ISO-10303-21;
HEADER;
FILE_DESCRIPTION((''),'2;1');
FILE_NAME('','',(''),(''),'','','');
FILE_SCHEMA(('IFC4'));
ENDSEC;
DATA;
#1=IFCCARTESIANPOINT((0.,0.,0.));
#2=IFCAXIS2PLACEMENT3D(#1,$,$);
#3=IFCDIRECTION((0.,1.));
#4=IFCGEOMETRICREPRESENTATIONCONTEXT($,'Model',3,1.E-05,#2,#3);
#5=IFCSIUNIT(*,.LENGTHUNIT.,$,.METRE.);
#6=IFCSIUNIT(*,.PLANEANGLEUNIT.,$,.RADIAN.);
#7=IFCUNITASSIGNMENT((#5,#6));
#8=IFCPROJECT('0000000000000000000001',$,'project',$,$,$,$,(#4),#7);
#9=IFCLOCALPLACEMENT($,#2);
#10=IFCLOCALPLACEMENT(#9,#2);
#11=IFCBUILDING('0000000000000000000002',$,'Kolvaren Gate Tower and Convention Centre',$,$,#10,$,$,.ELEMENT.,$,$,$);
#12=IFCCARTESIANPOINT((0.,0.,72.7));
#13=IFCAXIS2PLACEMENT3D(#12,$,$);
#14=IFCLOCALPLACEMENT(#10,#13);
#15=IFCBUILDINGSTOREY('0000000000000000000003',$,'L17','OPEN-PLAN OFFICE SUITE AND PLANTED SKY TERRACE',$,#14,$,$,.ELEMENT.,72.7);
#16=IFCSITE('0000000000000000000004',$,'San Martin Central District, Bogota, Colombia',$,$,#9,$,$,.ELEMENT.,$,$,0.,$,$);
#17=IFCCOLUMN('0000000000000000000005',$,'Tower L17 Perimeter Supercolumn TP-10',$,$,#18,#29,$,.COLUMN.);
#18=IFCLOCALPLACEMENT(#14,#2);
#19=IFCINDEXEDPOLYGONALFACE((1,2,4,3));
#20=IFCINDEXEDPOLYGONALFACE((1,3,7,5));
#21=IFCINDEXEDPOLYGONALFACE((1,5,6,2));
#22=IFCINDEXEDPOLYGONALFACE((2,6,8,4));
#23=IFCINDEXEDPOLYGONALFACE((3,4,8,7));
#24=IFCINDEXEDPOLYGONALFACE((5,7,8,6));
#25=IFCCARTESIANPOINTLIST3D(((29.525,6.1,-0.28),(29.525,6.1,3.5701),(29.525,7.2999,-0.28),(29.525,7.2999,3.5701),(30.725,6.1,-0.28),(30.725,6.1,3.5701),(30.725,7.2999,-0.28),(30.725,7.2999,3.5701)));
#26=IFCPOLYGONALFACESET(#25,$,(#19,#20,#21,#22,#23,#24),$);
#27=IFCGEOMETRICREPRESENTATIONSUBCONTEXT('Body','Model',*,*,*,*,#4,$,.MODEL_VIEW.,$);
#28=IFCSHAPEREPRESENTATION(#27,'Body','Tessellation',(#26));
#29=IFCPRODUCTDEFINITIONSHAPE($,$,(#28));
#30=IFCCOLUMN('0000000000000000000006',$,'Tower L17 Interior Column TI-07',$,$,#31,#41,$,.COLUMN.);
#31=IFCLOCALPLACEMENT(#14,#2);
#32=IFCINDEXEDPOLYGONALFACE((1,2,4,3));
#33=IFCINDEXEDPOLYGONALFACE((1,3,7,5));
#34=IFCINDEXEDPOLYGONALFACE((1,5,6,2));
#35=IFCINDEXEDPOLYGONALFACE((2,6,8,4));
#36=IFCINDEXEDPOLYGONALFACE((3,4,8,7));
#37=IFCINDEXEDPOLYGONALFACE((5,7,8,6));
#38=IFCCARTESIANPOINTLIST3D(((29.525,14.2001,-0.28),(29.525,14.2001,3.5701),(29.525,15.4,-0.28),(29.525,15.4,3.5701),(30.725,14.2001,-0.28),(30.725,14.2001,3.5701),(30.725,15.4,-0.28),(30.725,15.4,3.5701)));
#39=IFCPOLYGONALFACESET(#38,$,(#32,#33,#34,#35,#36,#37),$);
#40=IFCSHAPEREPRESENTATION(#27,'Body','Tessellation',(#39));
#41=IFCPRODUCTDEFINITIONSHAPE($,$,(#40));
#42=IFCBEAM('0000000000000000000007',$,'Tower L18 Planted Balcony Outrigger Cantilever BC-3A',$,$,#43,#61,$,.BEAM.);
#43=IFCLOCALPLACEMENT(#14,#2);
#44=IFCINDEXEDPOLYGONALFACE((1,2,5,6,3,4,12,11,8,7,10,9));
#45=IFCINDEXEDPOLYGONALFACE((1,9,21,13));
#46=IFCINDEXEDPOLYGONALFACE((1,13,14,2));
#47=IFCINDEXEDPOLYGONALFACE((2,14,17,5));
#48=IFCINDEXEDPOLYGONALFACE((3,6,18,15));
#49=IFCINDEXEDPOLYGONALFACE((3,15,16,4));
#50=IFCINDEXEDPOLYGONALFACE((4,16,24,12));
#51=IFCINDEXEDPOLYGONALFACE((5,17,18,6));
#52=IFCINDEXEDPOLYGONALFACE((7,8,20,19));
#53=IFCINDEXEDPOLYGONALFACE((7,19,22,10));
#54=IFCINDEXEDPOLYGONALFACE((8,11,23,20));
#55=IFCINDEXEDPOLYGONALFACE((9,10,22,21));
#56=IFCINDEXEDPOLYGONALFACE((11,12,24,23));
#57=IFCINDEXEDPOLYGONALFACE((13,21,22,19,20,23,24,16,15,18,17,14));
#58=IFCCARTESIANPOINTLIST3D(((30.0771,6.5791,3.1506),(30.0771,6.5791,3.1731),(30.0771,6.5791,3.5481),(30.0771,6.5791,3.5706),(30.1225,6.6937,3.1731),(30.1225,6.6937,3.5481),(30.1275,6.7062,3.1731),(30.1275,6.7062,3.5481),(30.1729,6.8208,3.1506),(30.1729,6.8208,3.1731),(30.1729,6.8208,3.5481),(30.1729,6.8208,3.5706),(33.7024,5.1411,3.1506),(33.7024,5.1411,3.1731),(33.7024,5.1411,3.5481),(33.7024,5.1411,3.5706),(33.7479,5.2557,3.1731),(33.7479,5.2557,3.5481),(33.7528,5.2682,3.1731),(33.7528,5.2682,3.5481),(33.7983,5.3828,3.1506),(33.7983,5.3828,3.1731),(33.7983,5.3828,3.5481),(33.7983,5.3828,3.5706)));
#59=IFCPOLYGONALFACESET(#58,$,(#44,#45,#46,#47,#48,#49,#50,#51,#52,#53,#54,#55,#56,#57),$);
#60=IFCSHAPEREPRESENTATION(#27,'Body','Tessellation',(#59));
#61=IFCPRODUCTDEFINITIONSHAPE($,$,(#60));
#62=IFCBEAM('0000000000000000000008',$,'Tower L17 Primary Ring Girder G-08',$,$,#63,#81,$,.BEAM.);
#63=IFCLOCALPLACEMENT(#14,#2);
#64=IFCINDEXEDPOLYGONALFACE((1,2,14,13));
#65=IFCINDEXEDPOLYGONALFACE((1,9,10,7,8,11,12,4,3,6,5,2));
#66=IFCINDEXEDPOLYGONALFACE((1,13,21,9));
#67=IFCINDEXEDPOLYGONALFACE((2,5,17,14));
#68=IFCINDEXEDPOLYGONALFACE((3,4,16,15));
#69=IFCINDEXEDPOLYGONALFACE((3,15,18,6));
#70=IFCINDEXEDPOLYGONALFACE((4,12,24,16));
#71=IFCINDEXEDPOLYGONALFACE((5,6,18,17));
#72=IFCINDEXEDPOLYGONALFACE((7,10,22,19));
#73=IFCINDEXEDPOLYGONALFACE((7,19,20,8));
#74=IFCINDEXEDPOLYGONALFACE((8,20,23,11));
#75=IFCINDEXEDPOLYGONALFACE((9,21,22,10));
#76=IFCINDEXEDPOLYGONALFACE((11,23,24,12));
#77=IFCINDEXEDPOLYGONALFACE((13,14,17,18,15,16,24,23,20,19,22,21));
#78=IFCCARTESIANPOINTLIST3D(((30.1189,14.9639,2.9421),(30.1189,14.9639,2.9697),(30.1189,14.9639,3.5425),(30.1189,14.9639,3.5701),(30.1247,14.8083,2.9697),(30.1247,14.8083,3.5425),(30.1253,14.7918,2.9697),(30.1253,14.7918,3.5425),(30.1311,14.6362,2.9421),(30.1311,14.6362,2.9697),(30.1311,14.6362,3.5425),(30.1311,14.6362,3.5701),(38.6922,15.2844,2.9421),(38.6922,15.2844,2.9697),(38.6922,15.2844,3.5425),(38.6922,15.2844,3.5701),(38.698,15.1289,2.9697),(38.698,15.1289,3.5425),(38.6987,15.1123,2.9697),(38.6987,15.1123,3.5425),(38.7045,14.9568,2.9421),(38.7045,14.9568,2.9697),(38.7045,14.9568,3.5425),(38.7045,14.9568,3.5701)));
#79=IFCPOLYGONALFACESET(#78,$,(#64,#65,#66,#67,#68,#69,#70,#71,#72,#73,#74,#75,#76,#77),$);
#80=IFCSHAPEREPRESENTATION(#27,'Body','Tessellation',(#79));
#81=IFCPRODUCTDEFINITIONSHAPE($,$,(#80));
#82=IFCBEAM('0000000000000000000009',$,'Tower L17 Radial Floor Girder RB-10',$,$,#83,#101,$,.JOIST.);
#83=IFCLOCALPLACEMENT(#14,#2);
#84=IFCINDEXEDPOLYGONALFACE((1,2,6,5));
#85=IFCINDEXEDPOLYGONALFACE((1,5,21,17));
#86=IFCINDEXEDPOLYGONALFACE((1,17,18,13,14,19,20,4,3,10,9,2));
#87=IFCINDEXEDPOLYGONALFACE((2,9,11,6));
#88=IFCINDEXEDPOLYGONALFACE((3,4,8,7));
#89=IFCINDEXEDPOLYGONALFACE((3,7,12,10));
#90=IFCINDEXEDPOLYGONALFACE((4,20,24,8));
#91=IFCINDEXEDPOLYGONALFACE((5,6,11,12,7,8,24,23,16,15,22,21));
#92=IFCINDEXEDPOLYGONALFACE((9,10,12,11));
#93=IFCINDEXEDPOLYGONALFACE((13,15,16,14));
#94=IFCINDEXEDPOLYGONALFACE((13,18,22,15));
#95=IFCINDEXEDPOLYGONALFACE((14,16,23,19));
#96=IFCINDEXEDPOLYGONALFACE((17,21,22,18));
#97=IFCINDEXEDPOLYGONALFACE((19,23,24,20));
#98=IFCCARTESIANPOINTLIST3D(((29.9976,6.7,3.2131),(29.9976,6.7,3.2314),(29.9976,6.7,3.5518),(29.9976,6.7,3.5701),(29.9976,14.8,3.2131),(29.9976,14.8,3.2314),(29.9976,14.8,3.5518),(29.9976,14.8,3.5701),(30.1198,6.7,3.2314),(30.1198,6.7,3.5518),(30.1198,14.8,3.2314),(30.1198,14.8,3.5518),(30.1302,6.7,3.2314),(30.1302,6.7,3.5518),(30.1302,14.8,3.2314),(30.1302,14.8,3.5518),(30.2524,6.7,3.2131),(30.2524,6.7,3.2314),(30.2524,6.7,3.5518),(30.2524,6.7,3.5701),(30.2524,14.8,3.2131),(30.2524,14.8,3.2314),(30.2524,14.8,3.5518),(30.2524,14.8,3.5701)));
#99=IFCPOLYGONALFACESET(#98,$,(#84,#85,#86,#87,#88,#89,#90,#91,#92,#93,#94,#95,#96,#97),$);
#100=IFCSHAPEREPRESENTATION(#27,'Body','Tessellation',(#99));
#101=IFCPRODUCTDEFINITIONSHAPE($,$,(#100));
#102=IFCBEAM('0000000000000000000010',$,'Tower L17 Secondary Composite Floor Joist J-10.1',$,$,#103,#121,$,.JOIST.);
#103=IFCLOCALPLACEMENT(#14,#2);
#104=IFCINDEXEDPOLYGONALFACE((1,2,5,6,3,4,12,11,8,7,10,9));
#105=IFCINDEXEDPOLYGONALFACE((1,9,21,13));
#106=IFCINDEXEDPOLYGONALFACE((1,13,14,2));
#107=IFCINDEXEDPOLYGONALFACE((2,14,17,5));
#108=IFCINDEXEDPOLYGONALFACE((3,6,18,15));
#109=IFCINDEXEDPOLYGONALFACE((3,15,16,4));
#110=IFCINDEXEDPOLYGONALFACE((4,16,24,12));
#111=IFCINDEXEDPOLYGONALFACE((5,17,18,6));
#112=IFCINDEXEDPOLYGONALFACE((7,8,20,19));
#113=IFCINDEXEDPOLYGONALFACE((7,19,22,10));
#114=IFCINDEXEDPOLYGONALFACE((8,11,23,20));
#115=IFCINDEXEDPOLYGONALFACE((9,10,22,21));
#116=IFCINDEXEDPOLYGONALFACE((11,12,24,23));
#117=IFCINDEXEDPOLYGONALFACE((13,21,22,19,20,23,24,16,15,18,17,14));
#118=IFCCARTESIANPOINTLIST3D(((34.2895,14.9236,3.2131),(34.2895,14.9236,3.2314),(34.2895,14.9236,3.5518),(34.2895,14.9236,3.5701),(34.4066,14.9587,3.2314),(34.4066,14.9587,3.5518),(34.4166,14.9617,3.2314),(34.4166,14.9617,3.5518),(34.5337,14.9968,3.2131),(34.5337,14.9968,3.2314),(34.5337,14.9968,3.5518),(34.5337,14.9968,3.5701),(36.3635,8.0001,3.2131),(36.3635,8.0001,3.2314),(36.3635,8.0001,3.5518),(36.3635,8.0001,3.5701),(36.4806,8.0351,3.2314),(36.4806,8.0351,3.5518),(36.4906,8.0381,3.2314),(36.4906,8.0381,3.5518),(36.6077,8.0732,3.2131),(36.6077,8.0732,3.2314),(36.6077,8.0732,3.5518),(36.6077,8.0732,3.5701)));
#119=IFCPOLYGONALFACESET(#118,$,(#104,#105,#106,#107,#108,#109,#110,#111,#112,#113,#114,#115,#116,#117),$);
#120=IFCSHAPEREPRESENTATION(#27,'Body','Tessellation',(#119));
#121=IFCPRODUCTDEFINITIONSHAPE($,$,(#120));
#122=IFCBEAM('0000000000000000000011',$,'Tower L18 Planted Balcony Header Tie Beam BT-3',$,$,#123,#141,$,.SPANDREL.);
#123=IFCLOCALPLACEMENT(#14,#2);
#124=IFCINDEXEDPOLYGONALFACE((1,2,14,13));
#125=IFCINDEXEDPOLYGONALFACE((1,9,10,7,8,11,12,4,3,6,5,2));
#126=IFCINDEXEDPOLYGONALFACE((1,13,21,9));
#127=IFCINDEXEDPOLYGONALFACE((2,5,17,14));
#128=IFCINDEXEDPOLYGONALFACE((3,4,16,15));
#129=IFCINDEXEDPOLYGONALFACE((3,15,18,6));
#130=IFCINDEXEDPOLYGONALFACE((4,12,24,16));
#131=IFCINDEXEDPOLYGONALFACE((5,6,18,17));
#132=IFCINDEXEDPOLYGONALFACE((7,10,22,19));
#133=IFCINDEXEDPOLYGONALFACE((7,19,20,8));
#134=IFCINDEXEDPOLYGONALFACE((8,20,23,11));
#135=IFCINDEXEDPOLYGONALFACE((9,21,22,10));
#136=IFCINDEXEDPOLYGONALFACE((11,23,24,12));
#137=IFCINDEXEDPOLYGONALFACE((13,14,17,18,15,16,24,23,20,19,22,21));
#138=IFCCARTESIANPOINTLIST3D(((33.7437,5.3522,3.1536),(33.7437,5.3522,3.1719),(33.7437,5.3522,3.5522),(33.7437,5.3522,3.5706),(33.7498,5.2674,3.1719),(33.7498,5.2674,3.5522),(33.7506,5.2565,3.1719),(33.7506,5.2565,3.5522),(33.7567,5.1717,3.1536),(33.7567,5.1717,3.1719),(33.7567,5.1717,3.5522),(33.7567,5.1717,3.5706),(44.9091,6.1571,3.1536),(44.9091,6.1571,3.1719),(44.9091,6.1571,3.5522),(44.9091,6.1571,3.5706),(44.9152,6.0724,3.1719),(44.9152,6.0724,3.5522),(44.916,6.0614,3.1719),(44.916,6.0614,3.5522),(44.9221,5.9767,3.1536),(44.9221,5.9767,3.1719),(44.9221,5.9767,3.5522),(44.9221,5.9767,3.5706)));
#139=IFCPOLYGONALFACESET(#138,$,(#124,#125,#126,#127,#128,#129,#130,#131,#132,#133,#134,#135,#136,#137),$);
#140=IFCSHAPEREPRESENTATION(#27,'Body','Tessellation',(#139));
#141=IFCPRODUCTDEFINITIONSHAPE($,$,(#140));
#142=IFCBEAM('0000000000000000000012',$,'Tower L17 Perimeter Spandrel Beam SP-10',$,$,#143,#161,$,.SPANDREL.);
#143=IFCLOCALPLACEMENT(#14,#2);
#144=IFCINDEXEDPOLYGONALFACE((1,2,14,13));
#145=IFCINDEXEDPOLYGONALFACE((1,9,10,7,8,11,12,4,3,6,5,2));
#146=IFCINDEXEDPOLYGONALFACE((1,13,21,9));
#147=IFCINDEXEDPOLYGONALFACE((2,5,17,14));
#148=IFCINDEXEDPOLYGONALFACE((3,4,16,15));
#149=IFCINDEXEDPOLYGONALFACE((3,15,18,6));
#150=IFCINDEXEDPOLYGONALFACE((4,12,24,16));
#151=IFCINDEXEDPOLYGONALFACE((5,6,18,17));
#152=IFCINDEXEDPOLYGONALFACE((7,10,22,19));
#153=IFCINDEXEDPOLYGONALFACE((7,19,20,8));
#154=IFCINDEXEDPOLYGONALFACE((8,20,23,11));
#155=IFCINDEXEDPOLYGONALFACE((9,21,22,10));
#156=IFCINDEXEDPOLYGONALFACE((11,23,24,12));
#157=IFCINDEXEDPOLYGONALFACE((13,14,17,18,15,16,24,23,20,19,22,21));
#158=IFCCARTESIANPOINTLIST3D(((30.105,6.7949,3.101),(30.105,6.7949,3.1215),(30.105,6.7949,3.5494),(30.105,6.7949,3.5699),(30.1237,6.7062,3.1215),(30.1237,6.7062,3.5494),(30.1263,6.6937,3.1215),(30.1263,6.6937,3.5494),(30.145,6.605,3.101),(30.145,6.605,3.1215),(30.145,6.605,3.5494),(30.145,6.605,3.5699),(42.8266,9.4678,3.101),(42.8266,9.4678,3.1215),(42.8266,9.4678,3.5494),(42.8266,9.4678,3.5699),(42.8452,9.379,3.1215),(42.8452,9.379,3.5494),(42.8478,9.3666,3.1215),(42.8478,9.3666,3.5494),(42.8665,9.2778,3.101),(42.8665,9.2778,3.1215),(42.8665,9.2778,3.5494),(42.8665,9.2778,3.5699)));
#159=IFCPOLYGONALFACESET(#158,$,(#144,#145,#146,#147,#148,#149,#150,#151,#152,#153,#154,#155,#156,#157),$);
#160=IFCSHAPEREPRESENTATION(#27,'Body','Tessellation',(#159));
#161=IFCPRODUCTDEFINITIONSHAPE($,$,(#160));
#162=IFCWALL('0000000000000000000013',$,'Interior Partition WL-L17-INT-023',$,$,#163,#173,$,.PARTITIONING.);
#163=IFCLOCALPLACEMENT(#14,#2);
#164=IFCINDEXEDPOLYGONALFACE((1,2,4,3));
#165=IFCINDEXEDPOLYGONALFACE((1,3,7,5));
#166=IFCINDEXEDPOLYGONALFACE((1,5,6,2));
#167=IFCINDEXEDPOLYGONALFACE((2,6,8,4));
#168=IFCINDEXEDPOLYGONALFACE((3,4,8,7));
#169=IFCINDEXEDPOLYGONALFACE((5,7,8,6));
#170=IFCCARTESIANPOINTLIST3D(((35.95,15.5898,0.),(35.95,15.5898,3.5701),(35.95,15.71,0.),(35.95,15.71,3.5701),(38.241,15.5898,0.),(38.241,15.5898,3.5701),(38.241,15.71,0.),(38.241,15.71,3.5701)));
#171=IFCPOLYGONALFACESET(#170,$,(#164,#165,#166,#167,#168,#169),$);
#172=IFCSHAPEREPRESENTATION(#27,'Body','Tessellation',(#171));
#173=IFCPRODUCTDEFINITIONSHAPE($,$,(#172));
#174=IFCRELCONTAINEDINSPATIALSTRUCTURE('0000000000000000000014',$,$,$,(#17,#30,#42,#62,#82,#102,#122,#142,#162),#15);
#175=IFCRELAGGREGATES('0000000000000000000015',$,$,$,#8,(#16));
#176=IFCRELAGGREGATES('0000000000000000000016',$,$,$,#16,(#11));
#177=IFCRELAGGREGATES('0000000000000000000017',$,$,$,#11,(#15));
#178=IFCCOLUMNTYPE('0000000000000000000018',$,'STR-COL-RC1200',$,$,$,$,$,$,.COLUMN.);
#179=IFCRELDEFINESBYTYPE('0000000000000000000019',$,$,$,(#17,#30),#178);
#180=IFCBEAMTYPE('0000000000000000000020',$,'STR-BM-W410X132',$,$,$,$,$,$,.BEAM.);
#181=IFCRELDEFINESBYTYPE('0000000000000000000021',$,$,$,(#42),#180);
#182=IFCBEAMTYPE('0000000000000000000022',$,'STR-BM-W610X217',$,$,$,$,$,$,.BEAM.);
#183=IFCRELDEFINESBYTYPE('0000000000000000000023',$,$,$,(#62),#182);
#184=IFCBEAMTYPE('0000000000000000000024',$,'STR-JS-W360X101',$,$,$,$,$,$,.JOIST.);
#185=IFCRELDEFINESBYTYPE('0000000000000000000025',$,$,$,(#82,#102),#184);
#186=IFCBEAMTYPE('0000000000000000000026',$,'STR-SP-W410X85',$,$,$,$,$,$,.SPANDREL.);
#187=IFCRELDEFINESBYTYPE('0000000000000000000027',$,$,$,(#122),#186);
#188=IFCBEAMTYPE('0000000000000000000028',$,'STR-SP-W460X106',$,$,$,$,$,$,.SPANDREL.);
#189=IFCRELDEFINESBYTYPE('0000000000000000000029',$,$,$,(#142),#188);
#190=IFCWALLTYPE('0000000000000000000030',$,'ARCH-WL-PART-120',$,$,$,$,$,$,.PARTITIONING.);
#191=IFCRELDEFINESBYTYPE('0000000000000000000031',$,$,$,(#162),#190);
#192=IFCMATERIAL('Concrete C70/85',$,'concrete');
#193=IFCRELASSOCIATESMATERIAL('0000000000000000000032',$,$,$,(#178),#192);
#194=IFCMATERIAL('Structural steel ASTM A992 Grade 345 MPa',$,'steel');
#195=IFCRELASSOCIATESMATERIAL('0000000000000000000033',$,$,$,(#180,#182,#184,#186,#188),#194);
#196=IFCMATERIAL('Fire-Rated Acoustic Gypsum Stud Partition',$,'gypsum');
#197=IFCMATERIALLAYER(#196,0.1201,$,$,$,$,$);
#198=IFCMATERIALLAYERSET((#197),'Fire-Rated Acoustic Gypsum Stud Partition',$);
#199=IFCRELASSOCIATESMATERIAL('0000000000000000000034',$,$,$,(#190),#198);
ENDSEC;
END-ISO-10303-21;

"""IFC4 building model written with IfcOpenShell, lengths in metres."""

from ifc_helpers import new_model, si_unit, direction, frame, frame_2d, origin, origin_2d, place, context, subcontext, project, spatial, rectangle, i_section, extrude, material, layer, layer_set, material_profile, profile_set, type_object, element, save


model = new_model("IFC4")

# Units and contexts
model_context = context("Model", 3, precision=1e-05, world=origin(), true_north=direction((0.0, 1.0)))
body_context = subcontext(model_context, "Body", "Model", "MODEL_VIEW")
ifc_project = project(units=[si_unit("LENGTHUNIT", "METRE"), si_unit("PLANEANGLEUNIT", "RADIAN")], contexts=[model_context])

# Site, building, storey
site_placement = place(None, origin())
site = spatial("IfcSite", under=ifc_project, at=site_placement, Name="San Martin Central District, Bogota, Colombia", CompositionType="ELEMENT", RefElevation=0.0)
building_placement = place(site_placement, origin())
building = spatial("IfcBuilding", under=site, at=building_placement, Name="Kolvaren Gate Tower and Convention Centre", CompositionType="ELEMENT")
storey_placement = place(building_placement, frame((0.0, 0.0, 72.7)))
storey = spatial("IfcBuildingStorey", under=building, at=storey_placement, Name="L17", Description="OPEN-PLAN OFFICE SUITE AND PLANTED SKY TERRACE", CompositionType="ELEMENT", Elevation=72.7)

# Columns
ifc_material_1 = material(Name="Concrete C70/85", Category="concrete")
ifc_material_profile_1 = material_profile(ifc_material_1, rectangle(XDim=1.2, YDim=1.2, at=origin_2d()), Name="RC-COL-1200X1200")
ifc_profile_set_1 = profile_set([ifc_material_profile_1], Name="Concrete C70/85")
column_type = type_object("IfcColumnType", Name="STR-COL-RC1200", PredefinedType="COLUMN", material=ifc_profile_set_1)
for number, where, z_axis, x_axis, name in (
    (1, (30.125, 6.7, -0.28), (0.0, 0.0, 1.0), (1.0, 0.0, 0.0), "Tower L17 Perimeter Supercolumn TP-10"),
    (2, (30.125, 14.8, -0.28), (0.0, 0.0, 1.0), (1.0, 0.0, 0.0), "Tower L17 Interior Column TI-07"),
):
    element("IfcColumn", number, at=place(storey_placement, frame(where, z_axis=z_axis, x_axis=x_axis)), inside=storey, type_object=column_type, Name=name, PredefinedType="COLUMN", context=body_context, shape_type="SweptSolid", body=[
        extrude(rectangle(XDim=1.2, YDim=1.2, at=origin_2d()), origin(), (0.0, 0.0, 1.0), 3.8501),
    ])

# Beams
ifc_material_2 = material(Name="Structural steel ASTM A992 Grade 345 MPa", Category="steel")
ifc_material_profile_2 = material_profile(ifc_material_2, i_section(OverallWidth=0.26, OverallDepth=0.4199, WebThickness=0.0134, FlangeThickness=0.0225, at=origin_2d()), Name="W410X132")
ifc_profile_set_2 = profile_set([ifc_material_profile_2], Name="Structural steel ASTM A992 Grade 345 MPa")
beam_type_1 = type_object("IfcBeamType", Name="STR-BM-W410X132", PredefinedType="BEAM", material=ifc_profile_set_2)
beam_1_placement = place(storey_placement, frame((30.125, 6.7, 3.3606), z_axis=(0.929544, -0.368712, 0.0), x_axis=(0.368712, 0.929544, 0.0)))
element("IfcBeam", 3, at=beam_1_placement, inside=storey, type_object=beam_type_1, Name="Tower L18 Planted Balcony Outrigger Cantilever BC-3A", PredefinedType="BEAM", context=body_context, shape_type="SweptSolid", body=[
    extrude(i_section(OverallWidth=0.26, OverallDepth=0.4199, WebThickness=0.0134, FlangeThickness=0.0225, at=origin_2d()), origin(), (0.0, 0.0, 1.0), 3.9001),
])
ifc_material_profile_3 = material_profile(ifc_material_2, i_section(OverallWidth=0.3279, OverallDepth=0.6279, WebThickness=0.0166, FlangeThickness=0.0276, at=origin_2d()), Name="W610X217")
ifc_profile_set_3 = profile_set([ifc_material_profile_3], Name="Structural steel ASTM A992 Grade 345 MPa")
beam_type_2 = type_object("IfcBeamType", Name="STR-BM-W610X217", PredefinedType="BEAM", material=ifc_profile_set_3)
beam_2_placement = place(storey_placement, frame((30.125, 14.8, 3.2561), z_axis=(0.999302, 0.037364, 0.0), x_axis=(-0.037364, 0.999302, 0.0)))
element("IfcBeam", 4, at=beam_2_placement, inside=storey, type_object=beam_type_2, Name="Tower L17 Primary Ring Girder G-08", PredefinedType="BEAM", context=body_context, shape_type="SweptSolid", body=[
    extrude(i_section(OverallWidth=0.3279, OverallDepth=0.6279, WebThickness=0.0166, FlangeThickness=0.0276, at=origin_2d()), origin(), (0.0, 0.0, 1.0), 8.5793),
])
ifc_material_profile_4 = material_profile(ifc_material_2, i_section(OverallWidth=0.2549, OverallDepth=0.3569, WebThickness=0.0105, FlangeThickness=0.0183, at=origin_2d()), Name="W360X101")
ifc_profile_set_4 = profile_set([ifc_material_profile_4], Name="Structural steel ASTM A992 Grade 345 MPa")
beam_type_3 = type_object("IfcBeamType", Name="STR-JS-W360X101", PredefinedType="JOIST", material=ifc_profile_set_4)
beam_3_placement = place(storey_placement, frame((30.125, 14.8, 3.3916), z_axis=(0.0, -1.0, 0.0), x_axis=(1.0, 0.0, 0.0)))
element("IfcBeam", 5, at=beam_3_placement, inside=storey, type_object=beam_type_3, Name="Tower L17 Radial Floor Girder RB-10", PredefinedType="JOIST", context=body_context, shape_type="SweptSolid", body=[
    extrude(i_section(OverallWidth=0.2549, OverallDepth=0.3569, WebThickness=0.0105, FlangeThickness=0.0183, at=origin_2d()), origin(), (0.0, 0.0, 1.0), 8.1001),
])
beam_4_placement = place(storey_placement, frame((34.4116, 14.9602, 3.3916), z_axis=(0.286954, -0.957944, 0.0), x_axis=(0.957944, 0.286954, 0.0)))
element("IfcBeam", 6, at=beam_4_placement, inside=storey, type_object=beam_type_3, Name="Tower L17 Secondary Composite Floor Joist J-10.1", PredefinedType="JOIST", context=body_context, shape_type="SweptSolid", body=[
    extrude(i_section(OverallWidth=0.2549, OverallDepth=0.3569, WebThickness=0.0105, FlangeThickness=0.0183, at=origin_2d()), origin(), (0.0, 0.0, 1.0), 7.2275),
])
ifc_material_profile_5 = material_profile(ifc_material_2, i_section(OverallWidth=0.1809, OverallDepth=0.417, WebThickness=0.011, FlangeThickness=0.0183, at=origin_2d()), Name="W410X85")
ifc_profile_set_5 = profile_set([ifc_material_profile_5], Name="Structural steel ASTM A992 Grade 345 MPa")
beam_type_4 = type_object("IfcBeamType", Name="STR-SP-W410X85", PredefinedType="SPANDREL", material=ifc_profile_set_5)
beam_5_placement = place(storey_placement, frame((33.7502, 5.262, 3.3621), z_axis=(0.997411, 0.071906, 0.0), x_axis=(-0.071906, 0.997411, 0.0)))
element("IfcBeam", 7, at=beam_5_placement, inside=storey, type_object=beam_type_4, Name="Tower L18 Planted Balcony Header Tie Beam BT-3", PredefinedType="SPANDREL", context=body_context, shape_type="SweptSolid", body=[
    extrude(i_section(OverallWidth=0.1809, OverallDepth=0.417, WebThickness=0.011, FlangeThickness=0.0183, at=origin_2d()), origin(), (0.0, 0.0, 1.0), 11.1943),
])
ifc_material_profile_6 = material_profile(ifc_material_2, i_section(OverallWidth=0.1941, OverallDepth=0.469, WebThickness=0.0127, FlangeThickness=0.0205, at=origin_2d()), Name="W460X106")
ifc_profile_set_6 = profile_set([ifc_material_profile_6], Name="Structural steel ASTM A992 Grade 345 MPa")
beam_type_5 = type_object("IfcBeamType", Name="STR-SP-W460X106", PredefinedType="SPANDREL", material=ifc_profile_set_6)
beam_6_placement = place(storey_placement, frame((30.125, 6.7, 3.3354), z_axis=(0.978633, 0.205617, 0.0), x_axis=(-0.205617, 0.978633, 0.0)))
element("IfcBeam", 8, at=beam_6_placement, inside=storey, type_object=beam_type_5, Name="Tower L17 Perimeter Spandrel Beam SP-10", PredefinedType="SPANDREL", context=body_context, shape_type="SweptSolid", body=[
    extrude(i_section(OverallWidth=0.1941, OverallDepth=0.469, WebThickness=0.0127, FlangeThickness=0.0205, at=origin_2d()), origin(), (0.0, 0.0, 1.0), 12.9993),
])

# Wall
ifc_material_3 = material(Name="Fire-Rated Acoustic Gypsum Stud Partition", Category="gypsum")
ifc_layer_1 = layer(ifc_material_3, 0.1201)
ifc_layer_set_1 = layer_set([ifc_layer_1], Name="Fire-Rated Acoustic Gypsum Stud Partition")
wall_type_1 = type_object("IfcWallType", Name="ARCH-WL-PART-120", PredefinedType="PARTITIONING", material=ifc_layer_set_1)
wall_1_placement = place(storey_placement, frame((35.95, 15.6499, 0.0), z_axis=(0.0, 0.0, 1.0), x_axis=(1.0, 0.0, 0.0)))
element("IfcWall", 9, at=wall_1_placement, inside=storey, type_object=wall_type_1, Name="Interior Partition WL-L17-INT-023", PredefinedType="PARTITIONING", context=body_context, shape_type="SweptSolid", body=[
    extrude(rectangle(XDim=2.291, YDim=0.1201, at=frame_2d((1.1455, 0.0))), origin(), (0.0, 0.0, 1.0), 3.5701),
])

save(model, "model.ifc")
